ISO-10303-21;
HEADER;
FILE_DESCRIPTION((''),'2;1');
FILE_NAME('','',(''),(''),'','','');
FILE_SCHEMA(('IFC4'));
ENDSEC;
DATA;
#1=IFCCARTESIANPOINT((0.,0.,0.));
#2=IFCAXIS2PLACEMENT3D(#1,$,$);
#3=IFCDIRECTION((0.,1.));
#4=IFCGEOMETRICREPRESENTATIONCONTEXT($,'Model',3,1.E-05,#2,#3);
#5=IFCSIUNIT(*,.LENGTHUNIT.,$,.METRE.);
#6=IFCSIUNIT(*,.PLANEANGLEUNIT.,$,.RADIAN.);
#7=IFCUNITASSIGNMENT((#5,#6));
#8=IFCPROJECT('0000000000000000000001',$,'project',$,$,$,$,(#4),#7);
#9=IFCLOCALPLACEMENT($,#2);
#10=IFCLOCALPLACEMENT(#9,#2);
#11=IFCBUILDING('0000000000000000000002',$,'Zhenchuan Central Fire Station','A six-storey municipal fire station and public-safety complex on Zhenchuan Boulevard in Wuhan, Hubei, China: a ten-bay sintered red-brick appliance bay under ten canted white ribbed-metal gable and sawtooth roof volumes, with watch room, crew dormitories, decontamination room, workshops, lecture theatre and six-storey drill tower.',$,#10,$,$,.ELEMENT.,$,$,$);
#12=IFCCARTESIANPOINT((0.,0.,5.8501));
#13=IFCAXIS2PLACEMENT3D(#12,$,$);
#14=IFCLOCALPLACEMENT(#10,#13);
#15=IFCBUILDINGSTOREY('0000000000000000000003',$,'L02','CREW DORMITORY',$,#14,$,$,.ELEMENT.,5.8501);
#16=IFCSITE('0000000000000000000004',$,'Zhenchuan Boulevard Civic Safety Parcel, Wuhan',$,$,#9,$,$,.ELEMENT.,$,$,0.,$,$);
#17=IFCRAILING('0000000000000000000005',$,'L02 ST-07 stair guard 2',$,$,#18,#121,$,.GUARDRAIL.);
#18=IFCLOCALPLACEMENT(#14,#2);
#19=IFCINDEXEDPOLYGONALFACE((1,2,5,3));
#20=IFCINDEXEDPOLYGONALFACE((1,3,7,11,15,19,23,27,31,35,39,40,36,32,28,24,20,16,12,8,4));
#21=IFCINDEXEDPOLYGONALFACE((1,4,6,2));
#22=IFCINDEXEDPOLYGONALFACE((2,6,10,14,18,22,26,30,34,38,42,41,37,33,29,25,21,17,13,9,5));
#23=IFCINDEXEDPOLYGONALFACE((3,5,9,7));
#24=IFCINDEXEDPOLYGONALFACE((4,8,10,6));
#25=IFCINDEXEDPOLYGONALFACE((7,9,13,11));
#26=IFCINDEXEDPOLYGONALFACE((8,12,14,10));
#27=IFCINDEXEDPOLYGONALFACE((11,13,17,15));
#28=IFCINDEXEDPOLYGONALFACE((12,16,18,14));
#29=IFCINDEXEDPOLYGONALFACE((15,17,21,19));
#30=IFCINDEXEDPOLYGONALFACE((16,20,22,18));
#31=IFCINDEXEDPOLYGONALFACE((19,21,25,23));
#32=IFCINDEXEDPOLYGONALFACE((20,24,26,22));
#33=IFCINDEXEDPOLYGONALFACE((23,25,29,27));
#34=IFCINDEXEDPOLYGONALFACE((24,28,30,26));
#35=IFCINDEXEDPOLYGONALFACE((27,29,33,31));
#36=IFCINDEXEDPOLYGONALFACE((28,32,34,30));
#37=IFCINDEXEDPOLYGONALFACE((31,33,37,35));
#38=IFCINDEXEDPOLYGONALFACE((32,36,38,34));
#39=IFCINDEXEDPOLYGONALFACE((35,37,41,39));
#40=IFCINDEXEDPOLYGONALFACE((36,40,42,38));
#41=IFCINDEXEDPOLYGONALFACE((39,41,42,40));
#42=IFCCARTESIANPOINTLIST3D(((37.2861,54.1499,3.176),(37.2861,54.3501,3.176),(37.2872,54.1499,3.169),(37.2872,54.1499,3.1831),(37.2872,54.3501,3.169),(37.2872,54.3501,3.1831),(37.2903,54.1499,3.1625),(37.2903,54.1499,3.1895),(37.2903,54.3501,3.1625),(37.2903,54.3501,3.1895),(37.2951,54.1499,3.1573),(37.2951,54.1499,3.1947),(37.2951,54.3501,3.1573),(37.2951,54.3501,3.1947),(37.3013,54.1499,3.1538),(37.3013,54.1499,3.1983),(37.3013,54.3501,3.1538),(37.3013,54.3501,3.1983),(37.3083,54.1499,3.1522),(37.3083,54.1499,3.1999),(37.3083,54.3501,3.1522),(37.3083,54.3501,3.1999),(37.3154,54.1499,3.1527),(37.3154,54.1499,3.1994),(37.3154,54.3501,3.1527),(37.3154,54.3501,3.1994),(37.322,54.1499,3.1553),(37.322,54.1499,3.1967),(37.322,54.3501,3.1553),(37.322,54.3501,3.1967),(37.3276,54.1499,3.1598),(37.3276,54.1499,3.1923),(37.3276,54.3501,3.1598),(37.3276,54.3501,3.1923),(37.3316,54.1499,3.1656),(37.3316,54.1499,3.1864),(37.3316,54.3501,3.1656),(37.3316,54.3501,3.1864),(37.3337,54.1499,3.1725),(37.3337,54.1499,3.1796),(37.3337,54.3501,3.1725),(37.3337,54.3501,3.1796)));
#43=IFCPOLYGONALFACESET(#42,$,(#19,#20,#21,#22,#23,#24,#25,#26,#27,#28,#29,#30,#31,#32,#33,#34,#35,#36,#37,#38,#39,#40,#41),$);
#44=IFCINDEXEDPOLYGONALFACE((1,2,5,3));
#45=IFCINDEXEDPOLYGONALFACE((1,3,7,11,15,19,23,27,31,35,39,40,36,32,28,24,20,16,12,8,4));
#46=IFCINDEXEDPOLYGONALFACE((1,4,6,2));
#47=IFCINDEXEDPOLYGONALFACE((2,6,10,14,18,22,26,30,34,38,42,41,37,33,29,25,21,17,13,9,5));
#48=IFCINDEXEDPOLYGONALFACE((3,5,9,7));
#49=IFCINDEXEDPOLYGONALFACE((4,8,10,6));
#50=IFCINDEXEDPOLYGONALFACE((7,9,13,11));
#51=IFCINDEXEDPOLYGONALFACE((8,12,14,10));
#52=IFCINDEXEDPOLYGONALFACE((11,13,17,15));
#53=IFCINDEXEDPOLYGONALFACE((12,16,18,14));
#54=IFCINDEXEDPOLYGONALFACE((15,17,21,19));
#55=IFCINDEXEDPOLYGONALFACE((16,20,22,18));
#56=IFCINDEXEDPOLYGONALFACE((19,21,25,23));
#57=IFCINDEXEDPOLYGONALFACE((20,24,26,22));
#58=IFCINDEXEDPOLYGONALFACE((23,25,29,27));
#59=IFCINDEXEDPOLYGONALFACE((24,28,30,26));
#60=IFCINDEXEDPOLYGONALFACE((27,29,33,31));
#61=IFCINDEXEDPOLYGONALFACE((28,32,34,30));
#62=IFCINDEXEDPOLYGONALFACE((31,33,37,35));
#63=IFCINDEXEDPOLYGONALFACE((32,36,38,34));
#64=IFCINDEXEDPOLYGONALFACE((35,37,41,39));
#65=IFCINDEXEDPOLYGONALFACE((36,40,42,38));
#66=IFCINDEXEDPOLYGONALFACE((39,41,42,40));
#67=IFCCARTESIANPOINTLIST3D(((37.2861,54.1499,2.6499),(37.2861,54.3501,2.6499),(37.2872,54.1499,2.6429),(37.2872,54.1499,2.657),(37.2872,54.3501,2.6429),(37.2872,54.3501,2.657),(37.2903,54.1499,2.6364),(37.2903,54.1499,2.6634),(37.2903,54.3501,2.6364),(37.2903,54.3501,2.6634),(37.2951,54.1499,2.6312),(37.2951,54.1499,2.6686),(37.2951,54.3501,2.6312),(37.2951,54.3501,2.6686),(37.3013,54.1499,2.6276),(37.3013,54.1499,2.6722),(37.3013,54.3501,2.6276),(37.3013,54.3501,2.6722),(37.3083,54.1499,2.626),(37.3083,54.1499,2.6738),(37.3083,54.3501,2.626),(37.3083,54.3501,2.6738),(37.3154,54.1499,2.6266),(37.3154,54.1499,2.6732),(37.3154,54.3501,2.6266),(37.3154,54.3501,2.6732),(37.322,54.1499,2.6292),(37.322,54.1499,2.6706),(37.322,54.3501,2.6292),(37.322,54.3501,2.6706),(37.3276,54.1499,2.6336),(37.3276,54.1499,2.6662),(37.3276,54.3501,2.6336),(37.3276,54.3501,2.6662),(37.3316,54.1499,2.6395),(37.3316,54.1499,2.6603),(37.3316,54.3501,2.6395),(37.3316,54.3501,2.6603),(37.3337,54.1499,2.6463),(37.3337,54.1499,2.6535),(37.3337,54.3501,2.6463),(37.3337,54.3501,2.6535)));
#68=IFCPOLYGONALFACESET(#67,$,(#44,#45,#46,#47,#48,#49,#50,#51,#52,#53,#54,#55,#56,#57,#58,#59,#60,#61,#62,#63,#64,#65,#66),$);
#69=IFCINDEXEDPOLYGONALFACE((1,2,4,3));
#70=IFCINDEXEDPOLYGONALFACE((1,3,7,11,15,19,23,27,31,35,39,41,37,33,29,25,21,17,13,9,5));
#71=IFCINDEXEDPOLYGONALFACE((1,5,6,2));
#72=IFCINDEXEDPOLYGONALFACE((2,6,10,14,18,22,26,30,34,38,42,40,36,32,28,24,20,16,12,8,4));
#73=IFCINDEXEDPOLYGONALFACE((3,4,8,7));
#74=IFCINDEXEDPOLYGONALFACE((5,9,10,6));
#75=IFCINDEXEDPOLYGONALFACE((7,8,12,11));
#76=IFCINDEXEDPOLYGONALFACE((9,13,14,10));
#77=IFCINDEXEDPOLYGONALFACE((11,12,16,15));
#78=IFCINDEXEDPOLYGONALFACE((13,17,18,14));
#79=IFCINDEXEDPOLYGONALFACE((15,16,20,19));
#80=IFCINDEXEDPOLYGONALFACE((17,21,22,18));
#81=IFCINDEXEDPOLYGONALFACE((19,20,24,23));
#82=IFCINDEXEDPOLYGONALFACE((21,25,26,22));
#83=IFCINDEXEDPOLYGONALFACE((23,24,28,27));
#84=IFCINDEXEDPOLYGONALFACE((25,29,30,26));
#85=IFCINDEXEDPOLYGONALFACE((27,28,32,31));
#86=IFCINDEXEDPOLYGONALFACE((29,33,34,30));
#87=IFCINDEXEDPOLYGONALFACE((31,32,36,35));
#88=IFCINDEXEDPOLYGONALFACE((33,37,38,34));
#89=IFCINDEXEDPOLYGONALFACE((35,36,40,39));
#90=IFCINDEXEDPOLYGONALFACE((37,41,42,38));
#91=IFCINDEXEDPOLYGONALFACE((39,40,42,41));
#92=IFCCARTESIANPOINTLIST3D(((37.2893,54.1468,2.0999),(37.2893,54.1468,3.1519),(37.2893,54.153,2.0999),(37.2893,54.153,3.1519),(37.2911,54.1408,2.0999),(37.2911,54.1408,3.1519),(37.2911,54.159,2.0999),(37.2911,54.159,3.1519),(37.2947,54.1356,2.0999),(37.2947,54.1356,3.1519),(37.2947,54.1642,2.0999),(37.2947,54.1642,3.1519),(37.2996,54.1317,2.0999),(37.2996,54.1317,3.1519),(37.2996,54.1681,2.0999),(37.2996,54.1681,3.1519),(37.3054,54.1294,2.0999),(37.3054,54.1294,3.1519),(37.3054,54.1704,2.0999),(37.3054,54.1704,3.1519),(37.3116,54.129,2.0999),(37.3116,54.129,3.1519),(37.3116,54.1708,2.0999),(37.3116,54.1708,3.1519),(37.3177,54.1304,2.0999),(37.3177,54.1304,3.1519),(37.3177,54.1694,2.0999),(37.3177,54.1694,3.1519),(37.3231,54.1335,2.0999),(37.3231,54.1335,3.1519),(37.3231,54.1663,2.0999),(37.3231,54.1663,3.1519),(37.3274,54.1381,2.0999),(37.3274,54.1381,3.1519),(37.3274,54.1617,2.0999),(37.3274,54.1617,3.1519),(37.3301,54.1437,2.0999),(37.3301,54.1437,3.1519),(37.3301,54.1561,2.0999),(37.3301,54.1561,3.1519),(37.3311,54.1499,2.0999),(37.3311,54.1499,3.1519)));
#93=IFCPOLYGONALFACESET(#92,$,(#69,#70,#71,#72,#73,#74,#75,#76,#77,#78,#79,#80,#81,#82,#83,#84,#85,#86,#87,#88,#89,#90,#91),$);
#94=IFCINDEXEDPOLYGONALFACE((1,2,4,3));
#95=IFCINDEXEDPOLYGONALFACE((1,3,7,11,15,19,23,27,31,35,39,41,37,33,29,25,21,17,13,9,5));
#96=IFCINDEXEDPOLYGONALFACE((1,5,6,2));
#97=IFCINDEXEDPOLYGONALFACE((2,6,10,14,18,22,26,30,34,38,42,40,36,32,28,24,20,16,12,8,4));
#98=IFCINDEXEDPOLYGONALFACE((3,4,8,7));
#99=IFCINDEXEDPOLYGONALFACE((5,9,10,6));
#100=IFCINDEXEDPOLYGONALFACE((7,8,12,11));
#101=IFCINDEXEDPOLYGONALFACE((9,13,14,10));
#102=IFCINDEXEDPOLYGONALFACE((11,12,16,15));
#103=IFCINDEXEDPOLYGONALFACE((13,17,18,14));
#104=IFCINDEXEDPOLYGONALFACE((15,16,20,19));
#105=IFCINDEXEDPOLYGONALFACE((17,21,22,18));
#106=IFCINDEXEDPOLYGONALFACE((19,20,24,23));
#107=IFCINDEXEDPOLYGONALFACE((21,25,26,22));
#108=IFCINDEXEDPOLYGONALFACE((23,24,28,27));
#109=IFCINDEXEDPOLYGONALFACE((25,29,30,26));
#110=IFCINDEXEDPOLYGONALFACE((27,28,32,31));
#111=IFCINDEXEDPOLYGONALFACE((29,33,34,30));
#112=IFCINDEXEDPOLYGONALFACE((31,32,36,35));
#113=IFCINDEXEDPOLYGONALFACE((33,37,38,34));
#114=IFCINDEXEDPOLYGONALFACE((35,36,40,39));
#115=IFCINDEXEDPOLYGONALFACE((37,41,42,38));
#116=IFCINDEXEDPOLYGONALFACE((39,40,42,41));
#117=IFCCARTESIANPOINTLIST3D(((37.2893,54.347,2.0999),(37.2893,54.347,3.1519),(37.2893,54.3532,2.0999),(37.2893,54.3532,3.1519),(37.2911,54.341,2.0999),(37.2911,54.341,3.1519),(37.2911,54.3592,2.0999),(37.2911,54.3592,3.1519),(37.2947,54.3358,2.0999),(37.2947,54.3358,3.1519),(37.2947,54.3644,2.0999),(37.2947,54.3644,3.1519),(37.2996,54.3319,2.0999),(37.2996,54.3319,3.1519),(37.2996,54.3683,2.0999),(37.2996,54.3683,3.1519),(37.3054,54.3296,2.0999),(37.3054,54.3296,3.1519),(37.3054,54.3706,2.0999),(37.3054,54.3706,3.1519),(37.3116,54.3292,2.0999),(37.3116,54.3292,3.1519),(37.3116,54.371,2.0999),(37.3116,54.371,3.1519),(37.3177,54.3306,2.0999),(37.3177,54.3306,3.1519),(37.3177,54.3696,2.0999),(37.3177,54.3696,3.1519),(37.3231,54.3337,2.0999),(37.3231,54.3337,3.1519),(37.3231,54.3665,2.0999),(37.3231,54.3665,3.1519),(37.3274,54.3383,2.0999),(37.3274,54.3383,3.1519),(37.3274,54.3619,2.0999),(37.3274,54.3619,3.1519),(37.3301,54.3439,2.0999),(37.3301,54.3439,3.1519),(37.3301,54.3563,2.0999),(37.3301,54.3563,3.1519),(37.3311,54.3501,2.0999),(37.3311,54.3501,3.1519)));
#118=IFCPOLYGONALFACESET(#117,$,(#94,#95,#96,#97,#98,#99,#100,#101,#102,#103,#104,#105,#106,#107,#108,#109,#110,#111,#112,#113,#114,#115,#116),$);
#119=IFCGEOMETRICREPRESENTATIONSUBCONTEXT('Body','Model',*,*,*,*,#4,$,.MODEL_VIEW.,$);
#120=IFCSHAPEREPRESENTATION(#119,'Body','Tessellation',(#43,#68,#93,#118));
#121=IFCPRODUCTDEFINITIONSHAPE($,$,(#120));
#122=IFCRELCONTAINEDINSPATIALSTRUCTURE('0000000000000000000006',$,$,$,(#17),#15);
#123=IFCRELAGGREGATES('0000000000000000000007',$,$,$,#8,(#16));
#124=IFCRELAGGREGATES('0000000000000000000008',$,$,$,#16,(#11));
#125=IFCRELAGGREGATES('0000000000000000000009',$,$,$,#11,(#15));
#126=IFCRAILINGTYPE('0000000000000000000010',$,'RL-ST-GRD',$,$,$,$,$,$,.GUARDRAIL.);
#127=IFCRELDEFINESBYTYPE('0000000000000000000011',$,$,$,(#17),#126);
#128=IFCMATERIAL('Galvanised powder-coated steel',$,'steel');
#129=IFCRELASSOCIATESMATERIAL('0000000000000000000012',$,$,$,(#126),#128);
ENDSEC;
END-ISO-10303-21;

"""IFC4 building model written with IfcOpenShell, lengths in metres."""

from ifc_helpers import new_model, si_unit, direction, frame, origin, origin_2d, place, context, subcontext, project, spatial, circle, extrude, material, type_object, element, save


model = new_model("IFC4")

# Units and contexts
model_context = context("Model", 3, precision=1e-05, world=origin(), true_north=direction((0.0, 1.0)))
body_context = subcontext(model_context, "Body", "Model", "MODEL_VIEW")
ifc_project = project(units=[si_unit("LENGTHUNIT", "METRE"), si_unit("PLANEANGLEUNIT", "RADIAN")], contexts=[model_context])

# Site, building, storey
site_placement = place(None, origin())
site = spatial("IfcSite", under=ifc_project, at=site_placement, Name="Zhenchuan Boulevard Civic Safety Parcel, Wuhan", CompositionType="ELEMENT", RefElevation=0.0)
building_placement = place(site_placement, origin())
building = spatial("IfcBuilding", under=site, at=building_placement, Name="Zhenchuan Central Fire Station", Description="A six-storey municipal fire station and public-safety complex on Zhenchuan Boulevard in Wuhan, Hubei, China: a ten-bay sintered red-brick appliance bay under ten canted white ribbed-metal gable and sawtooth roof volumes, with watch room, crew dormitories, decontamination room, workshops, lecture theatre and six-storey drill tower.", CompositionType="ELEMENT")
storey_placement = place(building_placement, frame((0.0, 0.0, 5.8501)))
storey = spatial("IfcBuildingStorey", under=building, at=storey_placement, Name="L02", Description="CREW DORMITORY", CompositionType="ELEMENT", Elevation=5.8501)

# Railing
ifc_material_1 = material(Name="Galvanised powder-coated steel", Category="steel")
railing_type_1 = type_object("IfcRailingType", Name="RL-ST-GRD", PredefinedType="GUARDRAIL", material=ifc_material_1)
railing_1_placement = place(storey_placement, frame((37.3101, 54.1499, 2.0999)))
element("IfcRailing", 1, at=railing_1_placement, inside=storey, type_object=railing_type_1, Name="L02 ST-07 stair guard 2", PredefinedType="GUARDRAIL", context=body_context, shape_type="SweptSolid", body=[
    extrude(circle(Radius=0.0239, at=origin_2d()), frame((0.0, 0.0, 1.0762), z_axis=(0.0, 1.0, 0.0), x_axis=(-1.0, 0.0, 0.0)), (0.0, 0.0, 1.0), 0.2002),
    extrude(circle(Radius=0.0239, at=origin_2d()), frame((0.0, 0.0, 0.55), z_axis=(0.0, 1.0, 0.0), x_axis=(-1.0, 0.0, 0.0)), (0.0, 0.0, 1.0), 0.2002),
    extrude(circle(Radius=0.021, at=origin_2d()), origin(), (0.0, 0.0, 1.0), 1.052),
    extrude(circle(Radius=0.021, at=origin_2d()), frame((0.0, 0.2002, 0.0)), (0.0, 0.0, 1.0), 1.052),
])

save(model, "model.ifc")
